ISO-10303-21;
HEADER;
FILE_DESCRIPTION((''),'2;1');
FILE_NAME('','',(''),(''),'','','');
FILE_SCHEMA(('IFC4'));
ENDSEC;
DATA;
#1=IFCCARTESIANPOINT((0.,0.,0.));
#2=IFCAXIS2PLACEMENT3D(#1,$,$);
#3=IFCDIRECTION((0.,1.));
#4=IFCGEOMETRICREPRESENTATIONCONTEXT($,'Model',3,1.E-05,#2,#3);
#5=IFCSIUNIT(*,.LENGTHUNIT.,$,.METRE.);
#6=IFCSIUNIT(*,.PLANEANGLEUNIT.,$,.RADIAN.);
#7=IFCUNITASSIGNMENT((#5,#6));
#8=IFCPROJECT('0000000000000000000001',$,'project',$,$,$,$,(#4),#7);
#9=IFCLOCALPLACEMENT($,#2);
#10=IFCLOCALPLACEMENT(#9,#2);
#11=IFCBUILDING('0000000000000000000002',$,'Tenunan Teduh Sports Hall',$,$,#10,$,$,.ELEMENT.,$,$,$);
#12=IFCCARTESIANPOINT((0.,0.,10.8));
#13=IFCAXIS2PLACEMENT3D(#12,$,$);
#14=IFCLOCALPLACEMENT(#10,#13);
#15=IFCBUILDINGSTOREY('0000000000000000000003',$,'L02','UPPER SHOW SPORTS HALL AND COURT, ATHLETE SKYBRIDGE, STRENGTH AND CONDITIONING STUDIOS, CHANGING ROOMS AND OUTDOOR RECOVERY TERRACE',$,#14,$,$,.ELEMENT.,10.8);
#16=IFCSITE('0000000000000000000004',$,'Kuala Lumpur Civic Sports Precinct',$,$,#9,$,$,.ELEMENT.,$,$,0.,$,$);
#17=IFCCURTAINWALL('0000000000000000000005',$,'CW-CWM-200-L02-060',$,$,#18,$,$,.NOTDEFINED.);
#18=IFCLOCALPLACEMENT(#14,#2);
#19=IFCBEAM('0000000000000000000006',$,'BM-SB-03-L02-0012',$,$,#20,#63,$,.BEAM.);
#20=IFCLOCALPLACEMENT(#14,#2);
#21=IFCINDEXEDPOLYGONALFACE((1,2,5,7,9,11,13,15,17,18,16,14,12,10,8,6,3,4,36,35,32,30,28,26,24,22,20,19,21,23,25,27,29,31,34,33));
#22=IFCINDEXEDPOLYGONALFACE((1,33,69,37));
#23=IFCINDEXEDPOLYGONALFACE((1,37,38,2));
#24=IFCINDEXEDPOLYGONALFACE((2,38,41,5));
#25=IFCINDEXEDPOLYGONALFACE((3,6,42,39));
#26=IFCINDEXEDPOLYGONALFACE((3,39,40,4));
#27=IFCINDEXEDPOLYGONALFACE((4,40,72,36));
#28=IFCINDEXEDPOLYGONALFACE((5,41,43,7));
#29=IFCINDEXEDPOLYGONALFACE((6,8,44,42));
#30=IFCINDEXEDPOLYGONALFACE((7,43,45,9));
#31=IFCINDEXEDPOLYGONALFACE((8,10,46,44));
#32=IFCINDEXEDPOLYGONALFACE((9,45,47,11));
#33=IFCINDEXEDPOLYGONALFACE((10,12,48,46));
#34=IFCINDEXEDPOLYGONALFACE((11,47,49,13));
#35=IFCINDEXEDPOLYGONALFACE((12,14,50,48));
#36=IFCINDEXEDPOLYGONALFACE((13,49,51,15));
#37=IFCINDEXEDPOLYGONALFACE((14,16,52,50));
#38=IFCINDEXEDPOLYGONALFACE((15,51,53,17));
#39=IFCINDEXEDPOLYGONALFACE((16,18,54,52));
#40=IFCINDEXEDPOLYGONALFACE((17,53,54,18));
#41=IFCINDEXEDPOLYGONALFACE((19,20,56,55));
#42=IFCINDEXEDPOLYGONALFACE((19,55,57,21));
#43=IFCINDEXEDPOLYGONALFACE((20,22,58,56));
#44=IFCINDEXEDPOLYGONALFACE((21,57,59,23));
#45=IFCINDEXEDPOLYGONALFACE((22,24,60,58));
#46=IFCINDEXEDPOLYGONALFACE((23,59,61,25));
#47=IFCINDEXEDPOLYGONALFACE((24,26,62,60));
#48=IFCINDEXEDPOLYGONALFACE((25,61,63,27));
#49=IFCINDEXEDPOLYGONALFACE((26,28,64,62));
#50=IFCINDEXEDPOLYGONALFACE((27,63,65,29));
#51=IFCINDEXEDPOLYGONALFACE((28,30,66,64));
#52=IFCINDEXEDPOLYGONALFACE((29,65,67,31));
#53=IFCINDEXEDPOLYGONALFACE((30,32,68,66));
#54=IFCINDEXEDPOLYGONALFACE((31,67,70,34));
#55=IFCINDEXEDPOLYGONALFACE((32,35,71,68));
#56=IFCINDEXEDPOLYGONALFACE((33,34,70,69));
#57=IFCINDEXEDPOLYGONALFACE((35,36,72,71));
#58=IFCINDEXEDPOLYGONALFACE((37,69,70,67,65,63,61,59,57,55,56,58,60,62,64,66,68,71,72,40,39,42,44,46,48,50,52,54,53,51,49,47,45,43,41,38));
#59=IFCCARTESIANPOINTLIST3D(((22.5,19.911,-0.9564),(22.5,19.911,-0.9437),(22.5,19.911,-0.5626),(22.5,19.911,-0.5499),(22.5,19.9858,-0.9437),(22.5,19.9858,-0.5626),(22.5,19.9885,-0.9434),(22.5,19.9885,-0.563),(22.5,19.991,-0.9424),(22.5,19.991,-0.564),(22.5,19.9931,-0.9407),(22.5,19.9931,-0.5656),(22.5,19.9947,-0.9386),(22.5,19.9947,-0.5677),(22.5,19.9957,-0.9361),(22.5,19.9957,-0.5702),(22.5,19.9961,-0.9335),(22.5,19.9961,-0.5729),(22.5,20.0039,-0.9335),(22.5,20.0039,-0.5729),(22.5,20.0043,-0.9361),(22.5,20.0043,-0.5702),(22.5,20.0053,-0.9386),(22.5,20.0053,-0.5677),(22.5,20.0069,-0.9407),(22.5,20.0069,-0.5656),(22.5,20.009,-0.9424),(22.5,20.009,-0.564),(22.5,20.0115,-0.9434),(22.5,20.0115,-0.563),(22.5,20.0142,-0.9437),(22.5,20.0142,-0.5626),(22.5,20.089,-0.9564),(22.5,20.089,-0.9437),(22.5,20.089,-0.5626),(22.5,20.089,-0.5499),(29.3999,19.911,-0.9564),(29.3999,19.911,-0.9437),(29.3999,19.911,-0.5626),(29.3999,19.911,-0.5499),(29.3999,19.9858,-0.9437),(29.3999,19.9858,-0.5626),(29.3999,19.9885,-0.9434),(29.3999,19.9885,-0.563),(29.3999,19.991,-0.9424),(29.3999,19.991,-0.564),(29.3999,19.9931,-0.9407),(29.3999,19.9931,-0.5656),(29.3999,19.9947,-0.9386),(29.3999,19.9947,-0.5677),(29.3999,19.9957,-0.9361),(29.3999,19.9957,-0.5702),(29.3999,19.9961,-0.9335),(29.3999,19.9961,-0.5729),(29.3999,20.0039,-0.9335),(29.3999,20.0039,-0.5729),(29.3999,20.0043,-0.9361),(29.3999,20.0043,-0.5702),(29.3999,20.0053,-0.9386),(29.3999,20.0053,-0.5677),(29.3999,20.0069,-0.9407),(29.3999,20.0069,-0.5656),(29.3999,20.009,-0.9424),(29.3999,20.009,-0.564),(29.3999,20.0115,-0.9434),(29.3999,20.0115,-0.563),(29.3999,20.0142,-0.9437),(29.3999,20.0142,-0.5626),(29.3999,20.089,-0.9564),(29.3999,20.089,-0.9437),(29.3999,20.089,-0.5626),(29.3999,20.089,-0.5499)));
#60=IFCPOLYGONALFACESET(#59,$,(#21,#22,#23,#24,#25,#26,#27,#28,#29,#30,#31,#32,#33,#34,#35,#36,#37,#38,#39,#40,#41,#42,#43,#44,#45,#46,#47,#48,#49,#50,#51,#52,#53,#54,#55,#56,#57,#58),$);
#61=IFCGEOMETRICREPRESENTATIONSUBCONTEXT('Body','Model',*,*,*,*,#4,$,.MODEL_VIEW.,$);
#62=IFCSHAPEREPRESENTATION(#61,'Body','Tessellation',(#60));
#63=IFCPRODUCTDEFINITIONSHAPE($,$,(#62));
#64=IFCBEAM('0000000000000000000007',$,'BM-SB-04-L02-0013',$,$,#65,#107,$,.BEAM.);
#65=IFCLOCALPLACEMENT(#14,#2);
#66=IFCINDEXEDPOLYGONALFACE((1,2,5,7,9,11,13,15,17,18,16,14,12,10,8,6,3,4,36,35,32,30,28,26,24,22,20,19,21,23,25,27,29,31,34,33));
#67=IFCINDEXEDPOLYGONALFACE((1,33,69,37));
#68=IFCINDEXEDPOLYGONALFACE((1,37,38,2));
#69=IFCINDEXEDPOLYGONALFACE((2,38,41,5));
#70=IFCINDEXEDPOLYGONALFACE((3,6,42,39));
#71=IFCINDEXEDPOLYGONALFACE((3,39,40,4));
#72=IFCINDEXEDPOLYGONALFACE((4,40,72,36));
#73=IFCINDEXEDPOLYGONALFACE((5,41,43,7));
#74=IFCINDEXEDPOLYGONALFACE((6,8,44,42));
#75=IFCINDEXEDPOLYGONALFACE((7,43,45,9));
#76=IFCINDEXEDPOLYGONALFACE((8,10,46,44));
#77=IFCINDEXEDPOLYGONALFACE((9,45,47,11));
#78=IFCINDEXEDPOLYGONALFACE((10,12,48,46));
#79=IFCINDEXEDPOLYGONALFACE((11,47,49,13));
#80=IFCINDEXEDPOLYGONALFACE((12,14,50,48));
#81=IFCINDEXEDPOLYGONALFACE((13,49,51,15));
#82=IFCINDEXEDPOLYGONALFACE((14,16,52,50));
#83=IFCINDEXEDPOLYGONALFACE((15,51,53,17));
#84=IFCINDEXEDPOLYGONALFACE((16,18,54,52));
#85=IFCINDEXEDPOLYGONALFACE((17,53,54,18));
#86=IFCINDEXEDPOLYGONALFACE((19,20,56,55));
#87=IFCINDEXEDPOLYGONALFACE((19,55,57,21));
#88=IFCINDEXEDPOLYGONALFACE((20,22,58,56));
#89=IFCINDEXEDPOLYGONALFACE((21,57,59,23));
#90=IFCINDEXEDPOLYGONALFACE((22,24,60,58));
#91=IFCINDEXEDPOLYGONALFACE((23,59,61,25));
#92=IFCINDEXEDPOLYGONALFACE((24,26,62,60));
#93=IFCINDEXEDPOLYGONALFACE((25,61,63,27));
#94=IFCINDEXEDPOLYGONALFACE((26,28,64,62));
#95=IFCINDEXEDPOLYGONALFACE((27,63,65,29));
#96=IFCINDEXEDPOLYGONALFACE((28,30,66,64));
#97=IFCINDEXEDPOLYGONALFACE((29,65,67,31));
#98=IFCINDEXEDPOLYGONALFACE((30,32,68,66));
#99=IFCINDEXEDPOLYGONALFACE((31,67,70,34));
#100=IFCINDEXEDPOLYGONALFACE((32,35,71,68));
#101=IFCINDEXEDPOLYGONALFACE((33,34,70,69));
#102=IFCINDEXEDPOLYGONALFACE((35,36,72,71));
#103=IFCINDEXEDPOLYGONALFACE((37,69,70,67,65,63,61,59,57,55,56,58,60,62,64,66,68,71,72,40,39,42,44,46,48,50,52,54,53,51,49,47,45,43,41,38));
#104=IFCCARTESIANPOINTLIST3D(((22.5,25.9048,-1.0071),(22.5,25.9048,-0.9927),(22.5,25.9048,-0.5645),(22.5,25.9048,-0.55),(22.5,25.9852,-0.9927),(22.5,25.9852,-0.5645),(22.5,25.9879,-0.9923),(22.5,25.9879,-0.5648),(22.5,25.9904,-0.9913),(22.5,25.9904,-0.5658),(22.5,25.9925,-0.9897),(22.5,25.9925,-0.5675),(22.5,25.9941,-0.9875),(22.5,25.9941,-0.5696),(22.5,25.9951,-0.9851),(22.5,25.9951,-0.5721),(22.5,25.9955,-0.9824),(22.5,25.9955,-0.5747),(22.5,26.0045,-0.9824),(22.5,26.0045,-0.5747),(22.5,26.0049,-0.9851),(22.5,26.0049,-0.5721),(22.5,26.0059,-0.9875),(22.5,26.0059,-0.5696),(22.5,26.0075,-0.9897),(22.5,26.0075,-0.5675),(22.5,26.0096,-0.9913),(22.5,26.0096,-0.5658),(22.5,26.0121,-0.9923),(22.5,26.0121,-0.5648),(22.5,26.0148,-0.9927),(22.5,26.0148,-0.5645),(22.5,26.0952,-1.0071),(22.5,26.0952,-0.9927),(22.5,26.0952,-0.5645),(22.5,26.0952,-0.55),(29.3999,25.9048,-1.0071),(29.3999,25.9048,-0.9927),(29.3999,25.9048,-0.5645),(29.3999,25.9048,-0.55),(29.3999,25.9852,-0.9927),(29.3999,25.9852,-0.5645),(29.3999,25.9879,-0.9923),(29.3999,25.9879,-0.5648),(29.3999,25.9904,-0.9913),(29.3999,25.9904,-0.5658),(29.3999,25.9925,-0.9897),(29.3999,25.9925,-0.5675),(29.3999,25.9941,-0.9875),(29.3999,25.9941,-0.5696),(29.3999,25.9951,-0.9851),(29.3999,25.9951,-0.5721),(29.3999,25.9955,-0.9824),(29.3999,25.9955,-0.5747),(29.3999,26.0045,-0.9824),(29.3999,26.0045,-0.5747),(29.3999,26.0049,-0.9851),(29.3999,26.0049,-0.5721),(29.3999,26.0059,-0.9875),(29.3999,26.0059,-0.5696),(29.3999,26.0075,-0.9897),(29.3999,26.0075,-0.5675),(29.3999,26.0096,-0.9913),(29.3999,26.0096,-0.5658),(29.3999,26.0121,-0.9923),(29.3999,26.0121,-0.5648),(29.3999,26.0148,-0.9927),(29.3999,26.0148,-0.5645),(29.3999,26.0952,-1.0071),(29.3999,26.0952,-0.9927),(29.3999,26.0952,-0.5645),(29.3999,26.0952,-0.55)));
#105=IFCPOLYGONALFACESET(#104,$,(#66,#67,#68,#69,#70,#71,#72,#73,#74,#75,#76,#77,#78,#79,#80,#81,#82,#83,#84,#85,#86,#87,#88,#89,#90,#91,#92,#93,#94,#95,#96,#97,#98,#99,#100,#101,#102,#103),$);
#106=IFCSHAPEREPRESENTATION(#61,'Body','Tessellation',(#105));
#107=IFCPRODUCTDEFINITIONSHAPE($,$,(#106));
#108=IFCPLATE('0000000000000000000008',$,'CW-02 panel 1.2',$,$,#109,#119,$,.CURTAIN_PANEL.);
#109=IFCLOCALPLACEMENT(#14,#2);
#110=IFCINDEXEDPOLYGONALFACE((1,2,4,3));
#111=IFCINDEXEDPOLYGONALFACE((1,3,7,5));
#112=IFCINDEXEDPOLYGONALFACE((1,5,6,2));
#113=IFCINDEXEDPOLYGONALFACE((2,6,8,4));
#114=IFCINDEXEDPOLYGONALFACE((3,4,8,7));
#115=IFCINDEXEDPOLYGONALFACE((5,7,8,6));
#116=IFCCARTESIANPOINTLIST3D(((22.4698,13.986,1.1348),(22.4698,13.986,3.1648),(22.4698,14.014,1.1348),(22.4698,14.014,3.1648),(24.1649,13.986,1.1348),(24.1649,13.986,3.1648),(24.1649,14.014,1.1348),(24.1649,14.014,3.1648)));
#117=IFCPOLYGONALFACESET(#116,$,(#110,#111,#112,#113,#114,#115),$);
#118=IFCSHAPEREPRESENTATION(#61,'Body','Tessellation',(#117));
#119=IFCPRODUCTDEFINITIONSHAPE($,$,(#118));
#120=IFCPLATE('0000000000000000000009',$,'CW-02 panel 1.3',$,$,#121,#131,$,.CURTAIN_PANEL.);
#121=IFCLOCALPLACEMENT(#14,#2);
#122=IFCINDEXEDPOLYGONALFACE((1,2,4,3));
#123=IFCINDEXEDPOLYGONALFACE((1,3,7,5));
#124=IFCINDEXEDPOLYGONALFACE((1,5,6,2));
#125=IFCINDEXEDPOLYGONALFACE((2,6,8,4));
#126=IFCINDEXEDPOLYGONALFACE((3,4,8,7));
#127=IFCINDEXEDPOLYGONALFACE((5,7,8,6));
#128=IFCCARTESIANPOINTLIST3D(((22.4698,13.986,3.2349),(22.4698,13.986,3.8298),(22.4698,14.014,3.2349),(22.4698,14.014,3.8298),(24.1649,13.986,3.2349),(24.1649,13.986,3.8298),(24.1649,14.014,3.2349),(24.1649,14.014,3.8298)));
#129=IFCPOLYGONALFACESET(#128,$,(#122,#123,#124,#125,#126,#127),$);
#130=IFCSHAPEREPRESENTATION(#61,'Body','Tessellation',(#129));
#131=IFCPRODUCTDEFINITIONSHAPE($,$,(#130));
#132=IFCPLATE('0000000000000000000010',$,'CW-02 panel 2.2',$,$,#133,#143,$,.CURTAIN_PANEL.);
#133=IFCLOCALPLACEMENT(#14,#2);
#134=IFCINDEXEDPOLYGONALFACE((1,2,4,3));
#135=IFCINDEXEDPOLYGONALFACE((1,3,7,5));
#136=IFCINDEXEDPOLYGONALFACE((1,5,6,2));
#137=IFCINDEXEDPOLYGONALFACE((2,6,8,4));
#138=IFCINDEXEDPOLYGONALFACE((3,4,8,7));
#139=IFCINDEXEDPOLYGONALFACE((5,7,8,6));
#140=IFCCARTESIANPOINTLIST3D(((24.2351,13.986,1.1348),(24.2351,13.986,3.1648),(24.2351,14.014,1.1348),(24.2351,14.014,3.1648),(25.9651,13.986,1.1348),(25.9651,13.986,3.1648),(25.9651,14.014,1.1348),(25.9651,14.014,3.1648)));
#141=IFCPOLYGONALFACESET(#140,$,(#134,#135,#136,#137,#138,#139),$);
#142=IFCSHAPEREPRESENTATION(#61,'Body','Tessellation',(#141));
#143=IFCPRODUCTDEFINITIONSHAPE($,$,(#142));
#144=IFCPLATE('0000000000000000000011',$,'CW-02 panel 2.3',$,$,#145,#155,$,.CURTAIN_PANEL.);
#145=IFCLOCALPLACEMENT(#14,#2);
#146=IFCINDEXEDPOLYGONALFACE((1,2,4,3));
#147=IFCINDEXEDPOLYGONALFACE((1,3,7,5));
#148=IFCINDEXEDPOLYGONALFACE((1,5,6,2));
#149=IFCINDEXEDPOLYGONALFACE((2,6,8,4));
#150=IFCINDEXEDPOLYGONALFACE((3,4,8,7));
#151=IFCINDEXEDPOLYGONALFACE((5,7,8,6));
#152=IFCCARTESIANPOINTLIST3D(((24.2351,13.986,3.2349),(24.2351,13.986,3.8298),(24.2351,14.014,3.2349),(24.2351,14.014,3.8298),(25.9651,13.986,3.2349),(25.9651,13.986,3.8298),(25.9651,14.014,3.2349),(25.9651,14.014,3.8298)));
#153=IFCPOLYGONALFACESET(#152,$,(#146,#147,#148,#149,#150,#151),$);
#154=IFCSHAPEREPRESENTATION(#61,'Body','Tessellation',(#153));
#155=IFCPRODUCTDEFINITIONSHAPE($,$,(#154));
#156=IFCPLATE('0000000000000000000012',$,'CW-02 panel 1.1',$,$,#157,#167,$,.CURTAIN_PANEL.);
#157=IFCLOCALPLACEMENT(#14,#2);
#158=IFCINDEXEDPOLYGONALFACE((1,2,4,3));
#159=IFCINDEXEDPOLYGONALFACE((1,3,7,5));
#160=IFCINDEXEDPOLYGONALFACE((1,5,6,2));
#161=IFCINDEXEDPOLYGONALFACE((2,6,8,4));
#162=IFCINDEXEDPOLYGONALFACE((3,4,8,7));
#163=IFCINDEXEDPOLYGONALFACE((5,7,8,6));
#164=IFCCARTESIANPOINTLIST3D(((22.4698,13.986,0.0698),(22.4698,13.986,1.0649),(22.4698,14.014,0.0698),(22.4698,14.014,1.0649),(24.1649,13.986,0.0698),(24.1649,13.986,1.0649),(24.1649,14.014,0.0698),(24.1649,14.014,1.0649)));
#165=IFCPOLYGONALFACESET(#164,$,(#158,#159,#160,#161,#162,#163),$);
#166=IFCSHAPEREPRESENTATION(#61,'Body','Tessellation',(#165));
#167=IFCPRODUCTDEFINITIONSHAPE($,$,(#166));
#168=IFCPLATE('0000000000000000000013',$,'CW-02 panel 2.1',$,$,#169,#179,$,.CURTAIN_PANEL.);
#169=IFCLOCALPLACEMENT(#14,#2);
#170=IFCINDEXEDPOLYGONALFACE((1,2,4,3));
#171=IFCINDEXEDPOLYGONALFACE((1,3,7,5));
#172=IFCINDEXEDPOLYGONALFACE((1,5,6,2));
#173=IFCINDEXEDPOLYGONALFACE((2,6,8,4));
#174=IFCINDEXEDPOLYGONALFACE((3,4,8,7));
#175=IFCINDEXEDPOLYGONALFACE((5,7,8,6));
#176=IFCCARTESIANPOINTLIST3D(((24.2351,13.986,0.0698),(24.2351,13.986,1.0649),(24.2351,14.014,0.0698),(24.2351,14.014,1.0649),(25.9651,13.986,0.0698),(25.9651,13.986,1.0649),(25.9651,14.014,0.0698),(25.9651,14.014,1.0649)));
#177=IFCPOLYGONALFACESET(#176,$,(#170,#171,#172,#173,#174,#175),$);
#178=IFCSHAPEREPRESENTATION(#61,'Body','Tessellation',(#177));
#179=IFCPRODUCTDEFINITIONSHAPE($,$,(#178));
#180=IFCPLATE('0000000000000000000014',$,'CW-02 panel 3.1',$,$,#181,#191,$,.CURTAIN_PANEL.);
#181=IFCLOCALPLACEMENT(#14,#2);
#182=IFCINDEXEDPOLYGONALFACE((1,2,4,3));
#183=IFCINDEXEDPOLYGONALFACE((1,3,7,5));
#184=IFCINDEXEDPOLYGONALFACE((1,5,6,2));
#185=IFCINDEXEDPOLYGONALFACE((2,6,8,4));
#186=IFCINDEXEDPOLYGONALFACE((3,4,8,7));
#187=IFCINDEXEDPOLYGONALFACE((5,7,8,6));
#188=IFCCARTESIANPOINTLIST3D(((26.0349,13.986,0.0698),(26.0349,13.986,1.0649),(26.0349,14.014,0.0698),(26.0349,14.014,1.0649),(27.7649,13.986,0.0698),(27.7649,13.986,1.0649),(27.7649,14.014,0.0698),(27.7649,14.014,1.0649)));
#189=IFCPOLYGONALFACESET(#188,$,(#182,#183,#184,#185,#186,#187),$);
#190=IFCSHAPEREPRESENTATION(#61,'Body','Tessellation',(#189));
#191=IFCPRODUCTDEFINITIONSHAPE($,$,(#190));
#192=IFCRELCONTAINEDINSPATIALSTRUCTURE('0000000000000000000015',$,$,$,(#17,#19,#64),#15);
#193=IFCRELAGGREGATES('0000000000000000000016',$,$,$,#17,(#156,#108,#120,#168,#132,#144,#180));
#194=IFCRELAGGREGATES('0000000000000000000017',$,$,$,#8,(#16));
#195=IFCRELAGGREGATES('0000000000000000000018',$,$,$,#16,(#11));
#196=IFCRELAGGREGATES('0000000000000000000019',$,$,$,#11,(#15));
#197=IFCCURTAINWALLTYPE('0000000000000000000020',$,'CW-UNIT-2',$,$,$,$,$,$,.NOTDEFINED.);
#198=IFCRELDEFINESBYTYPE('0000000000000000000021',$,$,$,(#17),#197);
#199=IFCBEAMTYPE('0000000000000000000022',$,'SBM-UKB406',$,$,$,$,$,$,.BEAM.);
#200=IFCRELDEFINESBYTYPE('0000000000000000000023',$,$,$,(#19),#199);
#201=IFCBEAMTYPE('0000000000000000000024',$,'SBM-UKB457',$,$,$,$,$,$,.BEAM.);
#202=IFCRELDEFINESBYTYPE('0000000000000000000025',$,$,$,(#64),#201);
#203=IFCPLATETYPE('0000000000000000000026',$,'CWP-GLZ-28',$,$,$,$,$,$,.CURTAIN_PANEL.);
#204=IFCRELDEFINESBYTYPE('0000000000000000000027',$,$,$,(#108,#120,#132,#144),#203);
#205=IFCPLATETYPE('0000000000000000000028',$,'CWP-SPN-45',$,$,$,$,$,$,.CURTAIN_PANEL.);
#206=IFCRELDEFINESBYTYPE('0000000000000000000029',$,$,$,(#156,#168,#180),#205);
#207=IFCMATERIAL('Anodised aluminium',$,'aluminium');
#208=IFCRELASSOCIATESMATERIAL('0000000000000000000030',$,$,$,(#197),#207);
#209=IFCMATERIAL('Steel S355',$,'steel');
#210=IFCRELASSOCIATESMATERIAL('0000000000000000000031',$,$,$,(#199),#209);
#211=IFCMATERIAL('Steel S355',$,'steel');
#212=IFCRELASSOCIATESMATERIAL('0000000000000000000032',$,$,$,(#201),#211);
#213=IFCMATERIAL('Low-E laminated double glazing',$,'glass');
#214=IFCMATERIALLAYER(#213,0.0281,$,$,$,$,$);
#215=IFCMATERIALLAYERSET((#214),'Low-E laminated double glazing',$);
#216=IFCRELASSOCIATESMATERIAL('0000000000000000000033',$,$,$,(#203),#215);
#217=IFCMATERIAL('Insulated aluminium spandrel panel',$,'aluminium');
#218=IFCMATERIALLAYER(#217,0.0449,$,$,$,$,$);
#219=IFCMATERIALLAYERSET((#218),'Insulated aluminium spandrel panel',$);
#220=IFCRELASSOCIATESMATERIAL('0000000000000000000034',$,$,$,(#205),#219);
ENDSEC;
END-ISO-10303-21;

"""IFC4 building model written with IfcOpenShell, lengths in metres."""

from ifc_helpers import new_model, si_unit, direction, frame, origin, origin_2d, place, context, subcontext, project, spatial, rectangle, i_section, extrude, material, layer, layer_set, material_profile, profile_set, type_object, element, aggregate, save


model = new_model("IFC4")

# Units and contexts
model_context = context("Model", 3, precision=1e-05, world=origin(), true_north=direction((0.0, 1.0)))
body_context = subcontext(model_context, "Body", "Model", "MODEL_VIEW")
ifc_project = project(units=[si_unit("LENGTHUNIT", "METRE"), si_unit("PLANEANGLEUNIT", "RADIAN")], contexts=[model_context])

# Site, building, storey
site_placement = place(None, origin())
site = spatial("IfcSite", under=ifc_project, at=site_placement, Name="Kuala Lumpur Civic Sports Precinct", CompositionType="ELEMENT", RefElevation=0.0)
building_placement = place(site_placement, origin())
building = spatial("IfcBuilding", under=site, at=building_placement, Name="Tenunan Teduh Sports Hall", CompositionType="ELEMENT")
storey_placement = place(building_placement, frame((0.0, 0.0, 10.8)))
storey = spatial("IfcBuildingStorey", under=building, at=storey_placement, Name="L02", Description="UPPER SHOW SPORTS HALL AND COURT, ATHLETE SKYBRIDGE, STRENGTH AND CONDITIONING STUDIOS, CHANGING ROOMS AND OUTDOOR RECOVERY TERRACE", CompositionType="ELEMENT", Elevation=10.8)

# Curtain wall
ifc_material_1 = material(Name="Anodised aluminium", Category="aluminium")
curtain_wall_type = type_object("IfcCurtainWallType", Name="CW-UNIT-2", PredefinedType="NOTDEFINED", material=ifc_material_1)
curtain_wall_placement = place(storey_placement, origin())
curtain_wall = element("IfcCurtainWall", 1, at=curtain_wall_placement, inside=storey, type_object=curtain_wall_type, Name="CW-CWM-200-L02-060", PredefinedType="NOTDEFINED")

# Beams
ifc_material_2 = material(Name="Steel S355", Category="steel")
ifc_material_profile_1 = material_profile(ifc_material_2, i_section(OverallWidth=0.178, OverallDepth=0.4065, WebThickness=0.0078, FlangeThickness=0.0127, FilletRadius=0.0103, at=origin_2d()), Name="UKB 406x178x60")
ifc_profile_set_1 = profile_set([ifc_material_profile_1], Name="Steel S355")
beam_type_1 = type_object("IfcBeamType", Name="SBM-UKB406", PredefinedType="BEAM", material=ifc_profile_set_1)
beam_1_placement = place(storey_placement, frame((22.5, 20.0, -0.7532), z_axis=(1.0, 0.0, 0.0), x_axis=(0.0, 1.0, 0.0)))
element("IfcBeam", 2, at=beam_1_placement, inside=storey, type_object=beam_type_1, Name="BM-SB-03-L02-0012", PredefinedType="BEAM", context=body_context, shape_type="SweptSolid", body=[
    extrude(i_section(OverallWidth=0.178, OverallDepth=0.4065, WebThickness=0.0078, FlangeThickness=0.0127, FilletRadius=0.0103, at=origin_2d()), origin(), (0.0, 0.0, 1.0), 6.8999),
])
ifc_material_3 = material(Name="Steel S355", Category="steel")
ifc_material_profile_2 = material_profile(ifc_material_3, i_section(OverallWidth=0.1904, OverallDepth=0.457, WebThickness=0.009, FlangeThickness=0.0144, FilletRadius=0.0103, at=origin_2d()), Name="UKB 457x191x74")
ifc_profile_set_2 = profile_set([ifc_material_profile_2], Name="Steel S355")
beam_type_2 = type_object("IfcBeamType", Name="SBM-UKB457", PredefinedType="BEAM", material=ifc_profile_set_2)
beam_2_placement = place(storey_placement, frame((22.5, 26.0, -0.7786), z_axis=(1.0, 0.0, 0.0), x_axis=(0.0, 1.0, 0.0)))
element("IfcBeam", 3, at=beam_2_placement, inside=storey, type_object=beam_type_2, Name="BM-SB-04-L02-0013", PredefinedType="BEAM", context=body_context, shape_type="SweptSolid", body=[
    extrude(i_section(OverallWidth=0.1904, OverallDepth=0.457, WebThickness=0.009, FlangeThickness=0.0144, FilletRadius=0.0103, at=origin_2d()), origin(), (0.0, 0.0, 1.0), 6.8999),
])

# Plates
ifc_material_4 = material(Name="Low-E laminated double glazing", Category="glass")
ifc_layer_1 = layer(ifc_material_4, 0.0281)
ifc_layer_set_1 = layer_set([ifc_layer_1], Name="Low-E laminated double glazing")
plate_type_1 = type_object("IfcPlateType", Name="CWP-GLZ-28", PredefinedType="CURTAIN_PANEL", material=ifc_layer_set_1)
plate_1_placement = place(storey_placement, frame((23.3174, 14.0, 1.1348), z_axis=(0.0, 0.0, 1.0), x_axis=(1.0, 0.0, 0.0)))
plate_1 = element("IfcPlate", 4, at=plate_1_placement, type_object=plate_type_1, Name="CW-02 panel 1.2", PredefinedType="CURTAIN_PANEL", context=body_context, shape_type="SweptSolid", body=[
    extrude(rectangle(XDim=1.6951, YDim=0.0281, at=origin_2d()), origin(), (0.0, 0.0, 1.0), 2.03),
])
plate_2_placement = place(storey_placement, frame((23.3174, 14.0, 3.2349), z_axis=(0.0, 0.0, 1.0), x_axis=(1.0, 0.0, 0.0)))
plate_2 = element("IfcPlate", 5, at=plate_2_placement, type_object=plate_type_1, Name="CW-02 panel 1.3", PredefinedType="CURTAIN_PANEL", context=body_context, shape_type="SweptSolid", body=[
    extrude(rectangle(XDim=1.6951, YDim=0.0281, at=origin_2d()), origin(), (0.0, 0.0, 1.0), 0.595),
])
plate_3_placement = place(storey_placement, frame((25.1001, 14.0, 1.1348), z_axis=(0.0, 0.0, 1.0), x_axis=(1.0, 0.0, 0.0)))
plate_3 = element("IfcPlate", 6, at=plate_3_placement, type_object=plate_type_1, Name="CW-02 panel 2.2", PredefinedType="CURTAIN_PANEL", context=body_context, shape_type="SweptSolid", body=[
    extrude(rectangle(XDim=1.73, YDim=0.0281, at=origin_2d()), origin(), (0.0, 0.0, 1.0), 2.03),
])
plate_4_placement = place(storey_placement, frame((25.1001, 14.0, 3.2349), z_axis=(0.0, 0.0, 1.0), x_axis=(1.0, 0.0, 0.0)))
plate_4 = element("IfcPlate", 7, at=plate_4_placement, type_object=plate_type_1, Name="CW-02 panel 2.3", PredefinedType="CURTAIN_PANEL", context=body_context, shape_type="SweptSolid", body=[
    extrude(rectangle(XDim=1.73, YDim=0.0281, at=origin_2d()), origin(), (0.0, 0.0, 1.0), 0.595),
])
ifc_material_5 = material(Name="Insulated aluminium spandrel panel", Category="aluminium")
ifc_layer_2 = layer(ifc_material_5, 0.0449)
ifc_layer_set_2 = layer_set([ifc_layer_2], Name="Insulated aluminium spandrel panel")
plate_type_2 = type_object("IfcPlateType", Name="CWP-SPN-45", PredefinedType="CURTAIN_PANEL", material=ifc_layer_set_2)
plate_5_placement = place(storey_placement, frame((23.3174, 14.0, 0.0698), z_axis=(0.0, 0.0, 1.0), x_axis=(1.0, 0.0, 0.0)))
plate_5 = element("IfcPlate", 8, at=plate_5_placement, type_object=plate_type_2, Name="CW-02 panel 1.1", PredefinedType="CURTAIN_PANEL", context=body_context, shape_type="SweptSolid", body=[
    extrude(rectangle(XDim=1.6951, YDim=0.0281, at=origin_2d()), origin(), (0.0, 0.0, 1.0), 0.9951),
])
plate_6_placement = place(storey_placement, frame((25.1001, 14.0, 0.0698), z_axis=(0.0, 0.0, 1.0), x_axis=(1.0, 0.0, 0.0)))
plate_6 = element("IfcPlate", 9, at=plate_6_placement, type_object=plate_type_2, Name="CW-02 panel 2.1", PredefinedType="CURTAIN_PANEL", context=body_context, shape_type="SweptSolid", body=[
    extrude(rectangle(XDim=1.73, YDim=0.0281, at=origin_2d()), origin(), (0.0, 0.0, 1.0), 0.9951),
])
plate_7_placement = place(storey_placement, frame((26.8999, 14.0, 0.0698), z_axis=(0.0, 0.0, 1.0), x_axis=(1.0, 0.0, 0.0)))
plate_7 = element("IfcPlate", 10, at=plate_7_placement, type_object=plate_type_2, Name="CW-02 panel 3.1", PredefinedType="CURTAIN_PANEL", context=body_context, shape_type="SweptSolid", body=[
    extrude(rectangle(XDim=1.73, YDim=0.0281, at=origin_2d()), origin(), (0.0, 0.0, 1.0), 0.9951),
])
aggregate(curtain_wall, [plate_5, plate_1, plate_2, plate_6, plate_3, plate_4, plate_7])

save(model, "model.ifc")
